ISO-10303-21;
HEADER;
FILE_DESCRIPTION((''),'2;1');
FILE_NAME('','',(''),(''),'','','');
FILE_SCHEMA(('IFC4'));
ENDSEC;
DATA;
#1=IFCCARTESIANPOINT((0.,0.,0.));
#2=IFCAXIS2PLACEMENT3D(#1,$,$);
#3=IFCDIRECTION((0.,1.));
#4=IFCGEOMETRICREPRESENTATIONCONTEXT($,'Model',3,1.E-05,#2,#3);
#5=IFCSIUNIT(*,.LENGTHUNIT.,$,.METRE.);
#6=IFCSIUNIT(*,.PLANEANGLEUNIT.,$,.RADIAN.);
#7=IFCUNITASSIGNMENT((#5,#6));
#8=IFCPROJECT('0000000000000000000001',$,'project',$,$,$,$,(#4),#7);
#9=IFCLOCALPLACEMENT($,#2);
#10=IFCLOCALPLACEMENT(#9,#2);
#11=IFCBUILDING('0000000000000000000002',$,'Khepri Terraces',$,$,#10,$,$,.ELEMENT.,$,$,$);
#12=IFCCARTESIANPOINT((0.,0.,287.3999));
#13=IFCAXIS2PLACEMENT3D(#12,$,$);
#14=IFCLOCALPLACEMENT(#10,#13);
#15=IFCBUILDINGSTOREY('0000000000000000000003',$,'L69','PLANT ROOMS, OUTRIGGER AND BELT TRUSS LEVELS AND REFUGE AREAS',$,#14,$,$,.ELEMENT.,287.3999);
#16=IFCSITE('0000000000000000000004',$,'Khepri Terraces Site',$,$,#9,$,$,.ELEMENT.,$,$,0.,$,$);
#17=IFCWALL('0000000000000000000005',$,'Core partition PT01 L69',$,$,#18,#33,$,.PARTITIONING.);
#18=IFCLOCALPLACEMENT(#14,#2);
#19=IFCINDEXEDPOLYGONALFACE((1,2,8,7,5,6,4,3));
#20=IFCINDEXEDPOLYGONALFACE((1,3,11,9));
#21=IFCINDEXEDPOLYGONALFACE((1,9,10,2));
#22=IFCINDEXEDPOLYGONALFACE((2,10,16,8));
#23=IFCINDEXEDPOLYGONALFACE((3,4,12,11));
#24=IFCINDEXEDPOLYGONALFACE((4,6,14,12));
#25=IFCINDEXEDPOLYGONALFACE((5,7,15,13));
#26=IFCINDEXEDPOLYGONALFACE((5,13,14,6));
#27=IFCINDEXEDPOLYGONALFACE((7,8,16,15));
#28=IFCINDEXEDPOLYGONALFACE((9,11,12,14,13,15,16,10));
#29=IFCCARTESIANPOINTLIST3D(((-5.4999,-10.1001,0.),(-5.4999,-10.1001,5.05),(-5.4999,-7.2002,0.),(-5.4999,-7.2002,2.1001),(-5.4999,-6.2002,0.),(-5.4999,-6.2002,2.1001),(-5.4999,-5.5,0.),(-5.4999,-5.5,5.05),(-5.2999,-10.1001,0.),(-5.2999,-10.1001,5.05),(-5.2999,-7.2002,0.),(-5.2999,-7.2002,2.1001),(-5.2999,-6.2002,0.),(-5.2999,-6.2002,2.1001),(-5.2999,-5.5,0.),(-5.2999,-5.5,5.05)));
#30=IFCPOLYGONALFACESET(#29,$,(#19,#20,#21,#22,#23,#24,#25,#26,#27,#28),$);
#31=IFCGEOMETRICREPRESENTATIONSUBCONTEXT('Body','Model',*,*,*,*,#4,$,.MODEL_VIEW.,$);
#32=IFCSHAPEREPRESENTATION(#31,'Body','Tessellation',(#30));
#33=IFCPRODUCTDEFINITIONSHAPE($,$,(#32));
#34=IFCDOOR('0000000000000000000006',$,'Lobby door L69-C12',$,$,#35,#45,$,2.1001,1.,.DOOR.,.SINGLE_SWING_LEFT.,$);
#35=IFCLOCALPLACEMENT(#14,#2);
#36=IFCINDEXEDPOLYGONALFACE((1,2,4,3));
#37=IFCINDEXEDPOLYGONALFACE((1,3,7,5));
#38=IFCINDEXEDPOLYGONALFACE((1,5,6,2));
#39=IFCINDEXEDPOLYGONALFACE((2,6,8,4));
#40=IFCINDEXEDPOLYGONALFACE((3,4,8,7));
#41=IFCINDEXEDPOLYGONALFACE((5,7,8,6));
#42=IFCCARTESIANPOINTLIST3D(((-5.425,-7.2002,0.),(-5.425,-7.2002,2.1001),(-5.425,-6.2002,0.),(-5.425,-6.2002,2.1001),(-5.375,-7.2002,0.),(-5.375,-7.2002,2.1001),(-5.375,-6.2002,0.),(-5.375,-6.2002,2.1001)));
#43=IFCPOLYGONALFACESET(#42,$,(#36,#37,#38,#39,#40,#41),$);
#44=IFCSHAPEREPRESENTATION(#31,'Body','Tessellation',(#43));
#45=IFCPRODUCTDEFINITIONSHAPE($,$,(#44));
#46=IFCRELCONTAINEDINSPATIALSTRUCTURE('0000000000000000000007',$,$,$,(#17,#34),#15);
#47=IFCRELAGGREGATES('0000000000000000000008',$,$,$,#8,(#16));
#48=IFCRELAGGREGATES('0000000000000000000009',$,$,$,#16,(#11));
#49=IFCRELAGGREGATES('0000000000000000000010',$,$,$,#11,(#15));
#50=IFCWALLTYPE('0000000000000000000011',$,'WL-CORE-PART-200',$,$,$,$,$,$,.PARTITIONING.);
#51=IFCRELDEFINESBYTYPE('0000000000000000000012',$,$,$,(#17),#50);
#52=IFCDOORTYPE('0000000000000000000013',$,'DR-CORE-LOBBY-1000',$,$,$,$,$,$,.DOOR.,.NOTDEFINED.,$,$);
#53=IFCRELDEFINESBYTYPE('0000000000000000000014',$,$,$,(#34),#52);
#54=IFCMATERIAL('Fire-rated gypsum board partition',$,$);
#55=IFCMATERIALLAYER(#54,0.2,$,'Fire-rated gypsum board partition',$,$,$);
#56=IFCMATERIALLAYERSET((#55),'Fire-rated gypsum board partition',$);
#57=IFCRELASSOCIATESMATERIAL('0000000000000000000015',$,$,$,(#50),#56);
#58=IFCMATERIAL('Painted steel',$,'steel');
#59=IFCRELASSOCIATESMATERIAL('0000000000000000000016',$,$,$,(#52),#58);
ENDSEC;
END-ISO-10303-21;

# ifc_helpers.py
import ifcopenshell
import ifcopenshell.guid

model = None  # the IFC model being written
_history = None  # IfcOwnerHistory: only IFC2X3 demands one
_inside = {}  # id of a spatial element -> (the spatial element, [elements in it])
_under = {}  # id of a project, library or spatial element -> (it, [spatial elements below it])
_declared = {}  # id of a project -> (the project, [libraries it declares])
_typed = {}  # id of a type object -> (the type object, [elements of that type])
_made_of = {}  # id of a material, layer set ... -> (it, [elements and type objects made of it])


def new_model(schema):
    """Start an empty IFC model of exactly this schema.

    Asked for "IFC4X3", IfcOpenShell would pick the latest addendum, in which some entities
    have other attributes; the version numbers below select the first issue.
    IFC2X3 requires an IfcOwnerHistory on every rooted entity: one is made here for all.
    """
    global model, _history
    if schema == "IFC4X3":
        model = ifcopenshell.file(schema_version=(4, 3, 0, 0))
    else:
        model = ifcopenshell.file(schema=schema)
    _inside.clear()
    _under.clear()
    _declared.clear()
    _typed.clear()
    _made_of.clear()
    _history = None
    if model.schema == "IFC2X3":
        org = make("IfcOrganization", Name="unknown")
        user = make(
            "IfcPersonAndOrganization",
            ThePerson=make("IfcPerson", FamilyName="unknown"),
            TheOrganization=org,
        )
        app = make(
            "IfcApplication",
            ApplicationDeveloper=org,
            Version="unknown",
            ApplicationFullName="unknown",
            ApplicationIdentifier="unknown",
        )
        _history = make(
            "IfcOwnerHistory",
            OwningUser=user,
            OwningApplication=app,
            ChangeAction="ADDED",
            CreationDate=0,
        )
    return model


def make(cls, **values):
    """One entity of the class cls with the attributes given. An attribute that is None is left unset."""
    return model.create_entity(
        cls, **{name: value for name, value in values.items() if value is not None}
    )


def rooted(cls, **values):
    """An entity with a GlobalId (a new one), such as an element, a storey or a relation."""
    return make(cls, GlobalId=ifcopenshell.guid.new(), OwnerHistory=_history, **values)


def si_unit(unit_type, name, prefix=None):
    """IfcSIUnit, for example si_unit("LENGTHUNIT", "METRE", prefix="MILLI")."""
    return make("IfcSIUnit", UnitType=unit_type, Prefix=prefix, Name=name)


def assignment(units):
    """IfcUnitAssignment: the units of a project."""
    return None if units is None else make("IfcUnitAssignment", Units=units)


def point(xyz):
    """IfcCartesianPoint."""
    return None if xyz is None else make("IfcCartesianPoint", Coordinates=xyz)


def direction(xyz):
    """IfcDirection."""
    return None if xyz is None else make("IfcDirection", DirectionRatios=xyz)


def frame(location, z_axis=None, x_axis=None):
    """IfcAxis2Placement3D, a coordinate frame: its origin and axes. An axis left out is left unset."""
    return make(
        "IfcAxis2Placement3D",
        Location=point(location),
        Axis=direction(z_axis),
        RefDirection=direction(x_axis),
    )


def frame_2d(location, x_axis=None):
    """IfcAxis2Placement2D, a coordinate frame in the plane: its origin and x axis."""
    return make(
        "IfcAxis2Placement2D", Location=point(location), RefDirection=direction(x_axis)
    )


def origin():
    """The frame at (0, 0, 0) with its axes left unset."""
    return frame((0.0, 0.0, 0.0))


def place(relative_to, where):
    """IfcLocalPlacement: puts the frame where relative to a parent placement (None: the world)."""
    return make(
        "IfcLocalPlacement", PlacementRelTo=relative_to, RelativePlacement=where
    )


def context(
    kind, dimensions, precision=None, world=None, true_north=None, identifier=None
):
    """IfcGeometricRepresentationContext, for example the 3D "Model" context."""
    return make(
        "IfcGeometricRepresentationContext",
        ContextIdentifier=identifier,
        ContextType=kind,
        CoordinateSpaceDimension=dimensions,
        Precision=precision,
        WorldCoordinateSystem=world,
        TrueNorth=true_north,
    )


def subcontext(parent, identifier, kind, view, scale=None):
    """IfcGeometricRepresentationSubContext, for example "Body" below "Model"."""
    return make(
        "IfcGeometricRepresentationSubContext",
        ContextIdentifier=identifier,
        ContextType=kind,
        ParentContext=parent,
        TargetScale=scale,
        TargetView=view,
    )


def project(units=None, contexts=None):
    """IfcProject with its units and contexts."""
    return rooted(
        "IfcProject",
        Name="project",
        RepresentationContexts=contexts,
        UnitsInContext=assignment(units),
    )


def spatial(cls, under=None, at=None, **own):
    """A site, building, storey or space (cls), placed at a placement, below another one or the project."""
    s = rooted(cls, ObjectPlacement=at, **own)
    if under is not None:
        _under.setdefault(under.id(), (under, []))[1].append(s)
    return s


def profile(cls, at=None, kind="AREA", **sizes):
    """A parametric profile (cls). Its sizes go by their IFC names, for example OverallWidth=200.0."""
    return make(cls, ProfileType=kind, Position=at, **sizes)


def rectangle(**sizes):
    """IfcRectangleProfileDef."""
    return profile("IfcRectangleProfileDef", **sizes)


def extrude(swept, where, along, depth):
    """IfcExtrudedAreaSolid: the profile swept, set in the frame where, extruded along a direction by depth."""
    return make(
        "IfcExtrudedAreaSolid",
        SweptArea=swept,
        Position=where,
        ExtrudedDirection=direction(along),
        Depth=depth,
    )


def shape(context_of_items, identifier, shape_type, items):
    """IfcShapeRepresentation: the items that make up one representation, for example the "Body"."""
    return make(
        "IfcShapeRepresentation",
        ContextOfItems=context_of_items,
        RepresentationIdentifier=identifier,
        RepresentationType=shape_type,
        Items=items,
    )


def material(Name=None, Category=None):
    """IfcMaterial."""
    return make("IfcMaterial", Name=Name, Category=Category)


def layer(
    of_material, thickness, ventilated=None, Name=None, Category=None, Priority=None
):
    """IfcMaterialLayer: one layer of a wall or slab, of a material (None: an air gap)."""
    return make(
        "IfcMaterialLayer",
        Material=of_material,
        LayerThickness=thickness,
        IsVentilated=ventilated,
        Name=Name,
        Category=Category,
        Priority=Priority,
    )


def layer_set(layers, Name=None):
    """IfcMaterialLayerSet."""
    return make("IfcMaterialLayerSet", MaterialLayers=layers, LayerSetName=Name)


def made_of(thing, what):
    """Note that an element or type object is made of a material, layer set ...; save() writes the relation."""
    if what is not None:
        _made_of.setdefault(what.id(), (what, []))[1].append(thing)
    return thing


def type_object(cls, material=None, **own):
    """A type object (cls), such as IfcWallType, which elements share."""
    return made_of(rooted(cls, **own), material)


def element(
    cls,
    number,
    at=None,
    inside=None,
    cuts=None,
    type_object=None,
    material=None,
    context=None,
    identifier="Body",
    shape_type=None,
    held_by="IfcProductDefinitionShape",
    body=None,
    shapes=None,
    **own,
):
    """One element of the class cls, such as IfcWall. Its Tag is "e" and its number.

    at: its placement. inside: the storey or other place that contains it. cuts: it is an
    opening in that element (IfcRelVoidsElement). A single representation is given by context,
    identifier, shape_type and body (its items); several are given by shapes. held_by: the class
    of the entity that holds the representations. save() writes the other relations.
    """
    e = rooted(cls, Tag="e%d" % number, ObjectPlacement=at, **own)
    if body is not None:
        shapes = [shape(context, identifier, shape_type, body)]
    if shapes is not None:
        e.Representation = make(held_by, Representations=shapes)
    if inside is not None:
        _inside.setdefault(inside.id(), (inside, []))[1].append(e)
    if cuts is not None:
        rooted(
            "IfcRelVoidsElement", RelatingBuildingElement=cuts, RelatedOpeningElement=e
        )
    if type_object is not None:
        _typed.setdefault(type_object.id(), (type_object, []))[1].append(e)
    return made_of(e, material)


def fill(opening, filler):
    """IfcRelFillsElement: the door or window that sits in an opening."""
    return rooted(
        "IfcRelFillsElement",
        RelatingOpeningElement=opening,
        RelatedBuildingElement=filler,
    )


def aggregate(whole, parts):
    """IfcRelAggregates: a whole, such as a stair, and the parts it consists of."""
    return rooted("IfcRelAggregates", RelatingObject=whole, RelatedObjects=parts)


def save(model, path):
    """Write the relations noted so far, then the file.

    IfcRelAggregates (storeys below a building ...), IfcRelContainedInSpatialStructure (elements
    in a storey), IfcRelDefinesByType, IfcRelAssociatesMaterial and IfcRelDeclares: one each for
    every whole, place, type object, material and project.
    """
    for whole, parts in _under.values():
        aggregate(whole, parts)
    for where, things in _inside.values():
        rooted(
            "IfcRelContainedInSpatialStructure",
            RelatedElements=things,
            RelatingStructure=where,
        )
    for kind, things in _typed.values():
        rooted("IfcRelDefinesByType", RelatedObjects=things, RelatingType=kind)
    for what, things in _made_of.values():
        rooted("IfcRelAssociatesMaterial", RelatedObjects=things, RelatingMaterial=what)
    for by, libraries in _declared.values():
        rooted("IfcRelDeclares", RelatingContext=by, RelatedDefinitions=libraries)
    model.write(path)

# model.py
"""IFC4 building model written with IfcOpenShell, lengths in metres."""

from ifc_helpers import new_model, si_unit, direction, frame, frame_2d, origin, place, context, subcontext, project, spatial, rectangle, extrude, material, layer, layer_set, type_object, element, fill, save


model = new_model("IFC4")

# Units and contexts
model_context = context("Model", 3, precision=1e-05, world=origin(), true_north=direction((0.0, 1.0)))
body_context = subcontext(model_context, "Body", "Model", "MODEL_VIEW")
ifc_project = project(units=[si_unit("LENGTHUNIT", "METRE"), si_unit("PLANEANGLEUNIT", "RADIAN")], contexts=[model_context])

# Site, building, storey
site_placement = place(None, origin())
site = spatial("IfcSite", under=ifc_project, at=site_placement, Name="Khepri Terraces Site", CompositionType="ELEMENT", RefElevation=0.0)
building_placement = place(site_placement, origin())
building = spatial("IfcBuilding", under=site, at=building_placement, Name="Khepri Terraces", CompositionType="ELEMENT")
storey_placement = place(building_placement, frame((0.0, 0.0, 287.3999)))
storey = spatial("IfcBuildingStorey", under=building, at=storey_placement, Name="L69", Description="PLANT ROOMS, OUTRIGGER AND BELT TRUSS LEVELS AND REFUGE AREAS", CompositionType="ELEMENT", Elevation=287.3999)

# Shared definitions
ifc_material_1 = material(Name="Painted steel", Category="steel")

# Shared definitions
ifc_material_2 = material(Name="Fire-rated gypsum board partition")

# Wall, opening, door
ifc_layer_1 = layer(ifc_material_2, 0.2, Name="Fire-rated gypsum board partition")
ifc_layer_set_1 = layer_set([ifc_layer_1], Name="Fire-rated gypsum board partition")
wall_type_1 = type_object("IfcWallType", Name="WL-CORE-PART-200", PredefinedType="PARTITIONING", material=ifc_layer_set_1)
wall_1_placement = place(storey_placement, frame((-5.3999, -10.1001, 0.0), z_axis=(0.0, 0.0, 1.0), x_axis=(0.0, 1.0, 0.0)))
wall_1 = element("IfcWall", 1, at=wall_1_placement, inside=storey, type_object=wall_type_1, Name="Core partition PT01 L69", PredefinedType="PARTITIONING", context=body_context, shape_type="SweptSolid", body=[
    extrude(rectangle(XDim=4.6001, YDim=0.2, at=frame_2d((2.3, 0.0))), origin(), (0.0, 0.0, 1.0), 5.05),
])
opening_1_placement = place(wall_1_placement, frame((2.8999, 0.0, 0.0)))
opening_1 = element("IfcOpeningElement", 2, at=opening_1_placement, cuts=wall_1, PredefinedType="OPENING", context=body_context, shape_type="SweptSolid", body=[
    extrude(rectangle(XDim=1.0, YDim=2.1001, at=frame_2d((0.5, 1.05))), frame((0.0, 0.1099, 0.0), z_axis=(0.0, -1.0, 0.0), x_axis=(1.0, 0.0, 0.0)), (0.0, 0.0, 1.0), 0.22),
])
door_type_1 = type_object("IfcDoorType", Name="DR-CORE-LOBBY-1000", OperationType="NOTDEFINED", PredefinedType="DOOR", material=ifc_material_1)
door_1_placement = place(opening_1_placement, frame((1.0, 0.0, 0.0), z_axis=(0.0, 0.0, 1.0), x_axis=(-1.0, 0.0, 0.0)))
door_1 = element("IfcDoor", 3, at=door_1_placement, inside=storey, type_object=door_type_1, Name="Lobby door L69-C12", OperationType="SINGLE_SWING_LEFT", OverallHeight=2.1001, OverallWidth=1.0, PredefinedType="DOOR", context=body_context, shape_type="SweptSolid", body=[
    extrude(rectangle(XDim=1.0, YDim=2.1001, at=frame_2d((0.5, 1.05))), frame((0.0, 0.0249, 0.0), z_axis=(0.0, -1.0, 0.0), x_axis=(1.0, 0.0, 0.0)), (0.0, 0.0, 1.0), 0.05),
])
fill(opening_1, door_1)

save(model, "model.ifc")
